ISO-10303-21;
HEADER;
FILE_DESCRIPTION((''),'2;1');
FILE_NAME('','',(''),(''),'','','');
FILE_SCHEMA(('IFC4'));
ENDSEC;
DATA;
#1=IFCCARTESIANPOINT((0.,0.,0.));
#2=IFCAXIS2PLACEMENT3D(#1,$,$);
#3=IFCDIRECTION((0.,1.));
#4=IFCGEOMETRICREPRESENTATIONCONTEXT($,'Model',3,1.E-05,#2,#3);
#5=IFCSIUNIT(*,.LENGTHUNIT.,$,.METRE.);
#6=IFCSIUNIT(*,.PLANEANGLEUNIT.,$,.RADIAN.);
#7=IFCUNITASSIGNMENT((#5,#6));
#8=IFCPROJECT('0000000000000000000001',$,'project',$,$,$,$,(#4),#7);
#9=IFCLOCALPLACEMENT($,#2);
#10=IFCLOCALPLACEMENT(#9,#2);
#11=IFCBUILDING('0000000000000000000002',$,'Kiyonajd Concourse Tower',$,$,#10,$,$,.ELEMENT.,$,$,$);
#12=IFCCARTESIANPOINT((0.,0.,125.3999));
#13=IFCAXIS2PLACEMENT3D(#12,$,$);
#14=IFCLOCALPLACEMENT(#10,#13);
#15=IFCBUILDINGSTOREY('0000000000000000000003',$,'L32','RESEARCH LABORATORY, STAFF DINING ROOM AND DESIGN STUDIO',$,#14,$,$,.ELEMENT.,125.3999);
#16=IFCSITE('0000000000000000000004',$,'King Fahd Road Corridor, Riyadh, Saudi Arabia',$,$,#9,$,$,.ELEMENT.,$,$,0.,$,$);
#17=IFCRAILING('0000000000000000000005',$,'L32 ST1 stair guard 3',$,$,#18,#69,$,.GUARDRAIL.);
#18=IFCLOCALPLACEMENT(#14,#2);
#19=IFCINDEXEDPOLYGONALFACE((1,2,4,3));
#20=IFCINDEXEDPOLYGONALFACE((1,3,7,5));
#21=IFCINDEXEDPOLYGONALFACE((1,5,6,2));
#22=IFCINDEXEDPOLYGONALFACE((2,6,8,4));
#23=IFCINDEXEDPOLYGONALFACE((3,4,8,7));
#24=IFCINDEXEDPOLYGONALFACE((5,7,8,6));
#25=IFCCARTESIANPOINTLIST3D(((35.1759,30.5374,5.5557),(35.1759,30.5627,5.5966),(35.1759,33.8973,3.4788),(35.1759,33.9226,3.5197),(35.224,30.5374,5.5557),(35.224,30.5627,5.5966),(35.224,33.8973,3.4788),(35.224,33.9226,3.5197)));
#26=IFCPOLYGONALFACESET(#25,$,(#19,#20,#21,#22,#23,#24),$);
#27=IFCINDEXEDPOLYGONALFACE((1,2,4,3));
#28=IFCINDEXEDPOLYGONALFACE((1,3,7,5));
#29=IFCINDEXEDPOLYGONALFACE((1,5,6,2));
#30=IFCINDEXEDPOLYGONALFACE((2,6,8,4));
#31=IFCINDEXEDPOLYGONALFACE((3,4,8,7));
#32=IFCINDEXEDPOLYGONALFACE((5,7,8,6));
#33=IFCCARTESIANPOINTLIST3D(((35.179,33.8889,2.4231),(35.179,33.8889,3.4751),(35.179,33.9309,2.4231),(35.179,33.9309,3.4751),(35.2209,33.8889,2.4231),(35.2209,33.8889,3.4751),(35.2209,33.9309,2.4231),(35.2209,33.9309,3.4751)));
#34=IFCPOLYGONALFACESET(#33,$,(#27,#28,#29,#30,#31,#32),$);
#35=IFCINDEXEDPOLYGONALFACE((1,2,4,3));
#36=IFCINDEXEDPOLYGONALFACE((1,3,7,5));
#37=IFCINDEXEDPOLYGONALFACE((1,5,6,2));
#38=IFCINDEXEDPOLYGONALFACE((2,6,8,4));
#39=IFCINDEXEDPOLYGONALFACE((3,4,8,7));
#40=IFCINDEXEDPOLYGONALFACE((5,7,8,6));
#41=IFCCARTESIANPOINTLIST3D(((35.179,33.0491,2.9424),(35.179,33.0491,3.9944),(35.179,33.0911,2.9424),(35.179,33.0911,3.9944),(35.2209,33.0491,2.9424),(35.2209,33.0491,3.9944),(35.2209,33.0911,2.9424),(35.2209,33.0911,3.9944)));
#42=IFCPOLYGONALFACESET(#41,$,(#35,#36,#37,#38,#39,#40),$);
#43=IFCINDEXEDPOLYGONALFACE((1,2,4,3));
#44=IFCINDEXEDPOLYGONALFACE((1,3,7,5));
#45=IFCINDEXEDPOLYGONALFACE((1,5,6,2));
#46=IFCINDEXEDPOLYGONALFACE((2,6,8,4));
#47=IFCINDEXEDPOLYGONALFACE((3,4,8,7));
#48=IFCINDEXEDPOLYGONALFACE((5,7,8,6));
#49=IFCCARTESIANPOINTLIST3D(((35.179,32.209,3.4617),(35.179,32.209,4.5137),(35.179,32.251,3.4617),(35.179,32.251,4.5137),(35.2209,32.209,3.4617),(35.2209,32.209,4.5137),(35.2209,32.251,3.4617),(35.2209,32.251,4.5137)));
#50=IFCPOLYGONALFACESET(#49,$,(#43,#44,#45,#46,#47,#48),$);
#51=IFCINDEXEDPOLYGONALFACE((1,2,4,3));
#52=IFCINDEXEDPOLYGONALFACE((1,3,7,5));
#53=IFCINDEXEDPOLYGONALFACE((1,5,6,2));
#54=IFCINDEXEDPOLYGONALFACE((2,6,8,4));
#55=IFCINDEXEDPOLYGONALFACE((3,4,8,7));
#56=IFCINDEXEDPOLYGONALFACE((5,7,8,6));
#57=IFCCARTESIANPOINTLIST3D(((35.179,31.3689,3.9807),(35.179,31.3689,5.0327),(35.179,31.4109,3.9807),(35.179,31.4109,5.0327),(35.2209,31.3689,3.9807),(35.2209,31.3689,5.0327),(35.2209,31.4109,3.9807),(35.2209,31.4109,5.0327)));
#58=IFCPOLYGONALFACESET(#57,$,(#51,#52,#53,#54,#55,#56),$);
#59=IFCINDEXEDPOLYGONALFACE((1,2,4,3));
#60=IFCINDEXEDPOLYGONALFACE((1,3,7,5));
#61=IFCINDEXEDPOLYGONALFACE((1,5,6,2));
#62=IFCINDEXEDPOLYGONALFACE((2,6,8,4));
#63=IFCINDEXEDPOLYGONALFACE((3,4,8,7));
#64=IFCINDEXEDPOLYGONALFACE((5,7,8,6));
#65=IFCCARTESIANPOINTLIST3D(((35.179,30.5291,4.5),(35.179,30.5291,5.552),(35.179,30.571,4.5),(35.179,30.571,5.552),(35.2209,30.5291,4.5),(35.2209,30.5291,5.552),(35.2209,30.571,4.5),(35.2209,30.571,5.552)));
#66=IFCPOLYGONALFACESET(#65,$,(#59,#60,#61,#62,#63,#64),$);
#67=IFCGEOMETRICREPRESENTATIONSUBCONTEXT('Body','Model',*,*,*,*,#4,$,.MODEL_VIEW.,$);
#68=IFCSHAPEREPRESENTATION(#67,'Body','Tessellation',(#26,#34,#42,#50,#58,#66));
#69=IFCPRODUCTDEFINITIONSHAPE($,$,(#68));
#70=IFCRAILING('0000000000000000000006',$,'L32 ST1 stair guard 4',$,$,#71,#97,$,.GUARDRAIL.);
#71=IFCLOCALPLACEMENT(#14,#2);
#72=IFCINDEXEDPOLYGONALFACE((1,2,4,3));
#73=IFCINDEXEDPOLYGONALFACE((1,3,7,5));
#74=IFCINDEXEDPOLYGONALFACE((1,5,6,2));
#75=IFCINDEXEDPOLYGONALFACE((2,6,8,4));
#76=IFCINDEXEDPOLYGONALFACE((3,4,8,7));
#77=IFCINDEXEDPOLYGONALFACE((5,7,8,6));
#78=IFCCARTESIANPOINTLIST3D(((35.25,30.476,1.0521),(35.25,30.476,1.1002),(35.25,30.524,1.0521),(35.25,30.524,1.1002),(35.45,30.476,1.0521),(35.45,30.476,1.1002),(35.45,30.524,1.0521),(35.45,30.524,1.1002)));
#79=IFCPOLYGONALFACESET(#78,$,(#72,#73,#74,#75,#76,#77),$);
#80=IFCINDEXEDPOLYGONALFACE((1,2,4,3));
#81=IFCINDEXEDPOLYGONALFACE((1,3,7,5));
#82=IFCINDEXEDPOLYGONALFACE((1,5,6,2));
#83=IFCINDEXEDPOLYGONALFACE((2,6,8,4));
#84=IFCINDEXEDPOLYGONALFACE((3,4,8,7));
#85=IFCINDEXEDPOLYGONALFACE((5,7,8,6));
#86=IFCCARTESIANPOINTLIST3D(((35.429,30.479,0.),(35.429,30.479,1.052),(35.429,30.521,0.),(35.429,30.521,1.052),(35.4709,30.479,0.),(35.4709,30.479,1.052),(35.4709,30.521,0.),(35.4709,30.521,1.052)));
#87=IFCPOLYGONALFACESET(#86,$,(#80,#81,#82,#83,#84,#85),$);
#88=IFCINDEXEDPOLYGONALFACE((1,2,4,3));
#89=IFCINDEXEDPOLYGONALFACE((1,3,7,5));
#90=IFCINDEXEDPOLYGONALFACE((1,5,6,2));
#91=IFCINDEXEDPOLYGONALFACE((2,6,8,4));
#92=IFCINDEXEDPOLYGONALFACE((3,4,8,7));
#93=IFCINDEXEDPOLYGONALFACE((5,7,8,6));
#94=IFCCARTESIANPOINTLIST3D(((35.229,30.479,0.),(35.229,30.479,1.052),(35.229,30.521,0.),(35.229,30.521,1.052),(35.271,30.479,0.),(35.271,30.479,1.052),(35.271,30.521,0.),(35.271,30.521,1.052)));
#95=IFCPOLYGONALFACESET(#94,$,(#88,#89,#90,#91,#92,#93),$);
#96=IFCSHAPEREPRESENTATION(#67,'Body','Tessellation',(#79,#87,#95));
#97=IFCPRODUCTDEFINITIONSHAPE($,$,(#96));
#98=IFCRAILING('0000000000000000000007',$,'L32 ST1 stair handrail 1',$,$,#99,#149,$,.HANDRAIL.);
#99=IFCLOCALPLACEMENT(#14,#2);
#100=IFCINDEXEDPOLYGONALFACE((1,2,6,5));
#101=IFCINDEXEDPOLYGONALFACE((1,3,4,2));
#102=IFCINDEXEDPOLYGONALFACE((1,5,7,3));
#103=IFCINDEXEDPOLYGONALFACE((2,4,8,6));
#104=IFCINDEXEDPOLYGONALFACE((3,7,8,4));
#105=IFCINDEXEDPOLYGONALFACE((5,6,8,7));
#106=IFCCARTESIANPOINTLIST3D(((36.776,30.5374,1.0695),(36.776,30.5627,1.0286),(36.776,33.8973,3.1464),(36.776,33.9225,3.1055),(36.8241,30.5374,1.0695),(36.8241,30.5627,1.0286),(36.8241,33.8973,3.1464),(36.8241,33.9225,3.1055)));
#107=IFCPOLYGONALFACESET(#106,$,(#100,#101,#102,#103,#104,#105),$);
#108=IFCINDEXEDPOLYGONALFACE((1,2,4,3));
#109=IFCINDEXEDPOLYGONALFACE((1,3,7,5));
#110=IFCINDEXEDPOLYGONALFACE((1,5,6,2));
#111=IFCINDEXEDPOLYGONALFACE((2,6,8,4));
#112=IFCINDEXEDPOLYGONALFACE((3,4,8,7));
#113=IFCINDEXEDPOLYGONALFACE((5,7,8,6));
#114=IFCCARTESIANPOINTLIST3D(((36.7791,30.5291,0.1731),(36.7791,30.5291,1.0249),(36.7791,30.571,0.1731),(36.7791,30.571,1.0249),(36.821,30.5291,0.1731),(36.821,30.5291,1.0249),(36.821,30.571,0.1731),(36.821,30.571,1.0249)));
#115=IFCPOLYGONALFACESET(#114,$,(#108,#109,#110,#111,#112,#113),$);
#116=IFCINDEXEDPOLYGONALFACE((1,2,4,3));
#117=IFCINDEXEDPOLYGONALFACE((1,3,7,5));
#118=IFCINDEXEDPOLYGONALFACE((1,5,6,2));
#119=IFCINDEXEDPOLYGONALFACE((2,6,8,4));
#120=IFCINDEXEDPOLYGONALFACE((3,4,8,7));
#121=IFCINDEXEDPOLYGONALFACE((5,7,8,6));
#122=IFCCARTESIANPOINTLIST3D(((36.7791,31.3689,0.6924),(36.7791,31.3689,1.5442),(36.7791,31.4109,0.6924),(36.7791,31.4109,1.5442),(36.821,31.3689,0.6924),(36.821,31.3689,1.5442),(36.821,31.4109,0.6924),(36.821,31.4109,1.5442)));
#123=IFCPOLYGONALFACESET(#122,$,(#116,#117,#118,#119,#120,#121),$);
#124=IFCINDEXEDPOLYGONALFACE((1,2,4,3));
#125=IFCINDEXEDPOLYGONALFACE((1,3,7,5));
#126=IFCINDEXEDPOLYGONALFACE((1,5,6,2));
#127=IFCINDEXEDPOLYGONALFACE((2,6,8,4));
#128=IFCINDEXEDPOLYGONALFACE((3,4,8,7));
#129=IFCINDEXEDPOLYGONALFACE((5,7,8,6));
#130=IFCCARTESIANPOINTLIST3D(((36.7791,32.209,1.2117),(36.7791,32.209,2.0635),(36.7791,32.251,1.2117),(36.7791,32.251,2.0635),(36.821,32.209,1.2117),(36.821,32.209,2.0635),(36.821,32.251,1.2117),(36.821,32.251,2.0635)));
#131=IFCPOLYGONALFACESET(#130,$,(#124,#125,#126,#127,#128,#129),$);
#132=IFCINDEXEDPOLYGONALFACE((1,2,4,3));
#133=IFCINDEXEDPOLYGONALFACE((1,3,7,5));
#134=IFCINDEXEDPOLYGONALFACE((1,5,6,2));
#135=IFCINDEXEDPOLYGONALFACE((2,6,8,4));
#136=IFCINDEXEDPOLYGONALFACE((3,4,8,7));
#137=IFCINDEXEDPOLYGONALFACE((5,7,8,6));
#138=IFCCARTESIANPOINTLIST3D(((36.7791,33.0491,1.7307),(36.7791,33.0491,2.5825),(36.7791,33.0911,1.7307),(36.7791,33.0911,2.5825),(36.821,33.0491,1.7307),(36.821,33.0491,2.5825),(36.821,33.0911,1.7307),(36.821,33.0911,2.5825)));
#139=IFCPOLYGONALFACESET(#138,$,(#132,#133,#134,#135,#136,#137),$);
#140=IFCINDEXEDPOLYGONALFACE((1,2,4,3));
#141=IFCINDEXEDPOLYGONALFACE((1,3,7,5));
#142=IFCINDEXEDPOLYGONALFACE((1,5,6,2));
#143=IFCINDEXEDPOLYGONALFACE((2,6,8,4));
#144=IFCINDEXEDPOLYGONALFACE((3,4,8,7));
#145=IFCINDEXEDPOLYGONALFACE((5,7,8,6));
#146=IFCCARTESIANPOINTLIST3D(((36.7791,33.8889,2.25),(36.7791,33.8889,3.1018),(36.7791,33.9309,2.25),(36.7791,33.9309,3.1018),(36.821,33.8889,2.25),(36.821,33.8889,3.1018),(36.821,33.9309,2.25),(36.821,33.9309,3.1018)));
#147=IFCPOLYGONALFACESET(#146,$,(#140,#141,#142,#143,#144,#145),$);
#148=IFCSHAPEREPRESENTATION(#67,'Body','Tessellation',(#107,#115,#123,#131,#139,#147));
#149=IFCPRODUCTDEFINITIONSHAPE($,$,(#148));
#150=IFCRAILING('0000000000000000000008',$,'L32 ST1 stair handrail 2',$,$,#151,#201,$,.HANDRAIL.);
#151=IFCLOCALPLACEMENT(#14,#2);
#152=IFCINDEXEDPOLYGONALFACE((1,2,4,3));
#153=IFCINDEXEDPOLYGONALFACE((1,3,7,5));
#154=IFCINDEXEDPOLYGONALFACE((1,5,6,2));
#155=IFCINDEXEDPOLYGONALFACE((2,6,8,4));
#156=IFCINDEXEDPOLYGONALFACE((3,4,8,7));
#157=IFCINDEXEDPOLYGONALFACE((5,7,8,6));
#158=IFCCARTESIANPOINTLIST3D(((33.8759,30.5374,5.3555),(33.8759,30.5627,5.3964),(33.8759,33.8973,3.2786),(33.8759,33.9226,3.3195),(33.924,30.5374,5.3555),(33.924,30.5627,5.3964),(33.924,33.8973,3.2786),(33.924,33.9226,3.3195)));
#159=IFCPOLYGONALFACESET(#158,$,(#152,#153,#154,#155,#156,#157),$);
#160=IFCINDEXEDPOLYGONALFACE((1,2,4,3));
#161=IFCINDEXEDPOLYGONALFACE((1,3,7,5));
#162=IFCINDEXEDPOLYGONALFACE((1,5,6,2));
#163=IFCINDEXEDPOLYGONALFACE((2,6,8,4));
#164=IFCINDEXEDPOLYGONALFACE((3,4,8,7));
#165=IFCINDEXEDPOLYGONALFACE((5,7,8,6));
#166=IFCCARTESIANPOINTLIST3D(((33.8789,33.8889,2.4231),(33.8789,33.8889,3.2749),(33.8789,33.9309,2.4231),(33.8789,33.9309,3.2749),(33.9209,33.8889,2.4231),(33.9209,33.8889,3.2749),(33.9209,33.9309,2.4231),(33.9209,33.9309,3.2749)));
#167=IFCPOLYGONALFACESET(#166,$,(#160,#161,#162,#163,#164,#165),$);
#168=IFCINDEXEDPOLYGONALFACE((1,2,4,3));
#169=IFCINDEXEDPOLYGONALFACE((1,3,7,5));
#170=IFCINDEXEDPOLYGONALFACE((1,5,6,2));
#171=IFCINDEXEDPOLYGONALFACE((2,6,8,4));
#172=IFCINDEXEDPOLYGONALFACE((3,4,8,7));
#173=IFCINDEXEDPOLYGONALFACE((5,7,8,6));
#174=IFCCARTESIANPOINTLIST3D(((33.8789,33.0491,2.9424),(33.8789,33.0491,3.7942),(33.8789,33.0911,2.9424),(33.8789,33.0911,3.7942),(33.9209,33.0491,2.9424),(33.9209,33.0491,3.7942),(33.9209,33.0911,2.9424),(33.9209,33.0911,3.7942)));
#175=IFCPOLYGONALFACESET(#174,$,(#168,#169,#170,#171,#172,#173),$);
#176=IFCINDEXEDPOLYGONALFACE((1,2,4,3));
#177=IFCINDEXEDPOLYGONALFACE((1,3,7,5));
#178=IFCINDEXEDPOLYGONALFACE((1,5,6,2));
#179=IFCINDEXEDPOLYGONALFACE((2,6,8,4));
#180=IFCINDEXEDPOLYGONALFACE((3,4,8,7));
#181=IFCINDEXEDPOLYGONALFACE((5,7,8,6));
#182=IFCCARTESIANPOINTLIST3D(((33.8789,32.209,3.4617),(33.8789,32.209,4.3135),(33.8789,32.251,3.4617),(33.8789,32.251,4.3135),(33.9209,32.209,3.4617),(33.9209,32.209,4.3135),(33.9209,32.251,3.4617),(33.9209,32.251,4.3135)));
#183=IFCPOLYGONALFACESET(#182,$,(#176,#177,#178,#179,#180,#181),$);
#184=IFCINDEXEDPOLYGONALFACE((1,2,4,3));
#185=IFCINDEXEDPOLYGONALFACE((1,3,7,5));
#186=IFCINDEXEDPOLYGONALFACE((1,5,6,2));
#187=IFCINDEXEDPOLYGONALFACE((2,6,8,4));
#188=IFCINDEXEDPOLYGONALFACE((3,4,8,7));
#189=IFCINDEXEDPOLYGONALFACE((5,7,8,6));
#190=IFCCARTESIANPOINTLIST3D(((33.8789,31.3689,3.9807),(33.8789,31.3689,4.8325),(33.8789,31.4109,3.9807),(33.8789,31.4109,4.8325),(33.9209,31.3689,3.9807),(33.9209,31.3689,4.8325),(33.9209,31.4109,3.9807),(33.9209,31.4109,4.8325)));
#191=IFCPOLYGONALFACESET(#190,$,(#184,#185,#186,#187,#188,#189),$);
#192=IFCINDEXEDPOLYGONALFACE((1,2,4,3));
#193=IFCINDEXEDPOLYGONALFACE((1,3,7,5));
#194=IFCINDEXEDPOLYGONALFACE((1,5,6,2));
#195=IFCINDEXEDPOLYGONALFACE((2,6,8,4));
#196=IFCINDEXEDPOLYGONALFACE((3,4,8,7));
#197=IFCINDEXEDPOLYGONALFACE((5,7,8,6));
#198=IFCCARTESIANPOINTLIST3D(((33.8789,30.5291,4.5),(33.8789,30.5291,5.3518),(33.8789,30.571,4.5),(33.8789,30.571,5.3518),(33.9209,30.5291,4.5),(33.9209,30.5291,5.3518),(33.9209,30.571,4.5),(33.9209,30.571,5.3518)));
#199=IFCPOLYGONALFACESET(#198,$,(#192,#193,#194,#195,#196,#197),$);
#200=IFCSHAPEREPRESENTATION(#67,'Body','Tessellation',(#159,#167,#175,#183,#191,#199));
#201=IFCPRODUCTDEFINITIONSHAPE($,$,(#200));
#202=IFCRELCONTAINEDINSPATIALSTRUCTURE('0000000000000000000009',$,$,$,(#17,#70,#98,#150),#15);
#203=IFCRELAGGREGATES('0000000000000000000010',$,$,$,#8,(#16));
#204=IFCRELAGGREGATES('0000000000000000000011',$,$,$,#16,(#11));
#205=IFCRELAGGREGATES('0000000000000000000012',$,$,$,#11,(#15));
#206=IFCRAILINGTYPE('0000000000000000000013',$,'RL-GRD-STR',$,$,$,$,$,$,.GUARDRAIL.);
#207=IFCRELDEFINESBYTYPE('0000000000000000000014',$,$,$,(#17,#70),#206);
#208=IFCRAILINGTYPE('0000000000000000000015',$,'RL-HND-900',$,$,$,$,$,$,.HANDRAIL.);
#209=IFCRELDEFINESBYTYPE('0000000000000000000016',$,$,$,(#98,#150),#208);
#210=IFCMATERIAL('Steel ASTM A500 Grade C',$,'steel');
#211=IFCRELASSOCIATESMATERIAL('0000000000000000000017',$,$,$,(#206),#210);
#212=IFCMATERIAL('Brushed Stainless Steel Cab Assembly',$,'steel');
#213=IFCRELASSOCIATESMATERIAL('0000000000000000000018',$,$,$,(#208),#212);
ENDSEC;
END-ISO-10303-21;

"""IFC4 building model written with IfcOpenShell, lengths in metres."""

from ifc_helpers import new_model, si_unit, direction, frame, origin, origin_2d, place, context, subcontext, project, spatial, rectangle, extrude, material, type_object, element, save


model = new_model("IFC4")

# Units and contexts
model_context = context("Model", 3, precision=1e-05, world=origin(), true_north=direction((0.0, 1.0)))
body_context = subcontext(model_context, "Body", "Model", "MODEL_VIEW")
ifc_project = project(units=[si_unit("LENGTHUNIT", "METRE"), si_unit("PLANEANGLEUNIT", "RADIAN")], contexts=[model_context])

# Site, building, storey
site_placement = place(None, origin())
site = spatial("IfcSite", under=ifc_project, at=site_placement, Name="King Fahd Road Corridor, Riyadh, Saudi Arabia", CompositionType="ELEMENT", RefElevation=0.0)
building_placement = place(site_placement, origin())
building = spatial("IfcBuilding", under=site, at=building_placement, Name="Kiyonajd Concourse Tower", CompositionType="ELEMENT")
storey_placement = place(building_placement, frame((0.0, 0.0, 125.3999)))
storey = spatial("IfcBuildingStorey", under=building, at=storey_placement, Name="L32", Description="RESEARCH LABORATORY, STAFF DINING ROOM AND DESIGN STUDIO", CompositionType="ELEMENT", Elevation=125.3999)

# Shared definitions
ifc_material_1 = material(Name="Brushed Stainless Steel Cab Assembly", Category="steel")

# Railings
ifc_material_2 = material(Name="Steel ASTM A500 Grade C", Category="steel")
railing_type_1 = type_object("IfcRailingType", Name="RL-GRD-STR", PredefinedType="GUARDRAIL", material=ifc_material_2)
railing_1_placement = place(storey_placement, frame((35.2, 33.9099, 2.4231)))
element("IfcRailing", 1, at=railing_1_placement, inside=storey, type_object=railing_type_1, Name="L32 ST1 stair guard 3", PredefinedType="GUARDRAIL", context=body_context, shape_type="SweptSolid", body=[
    extrude(rectangle(XDim=0.0481, YDim=0.0481, at=origin_2d()), frame((0.0, 0.0, 1.0762), z_axis=(0.0, -0.850606, 0.525803), x_axis=(1.0, 0.0, 0.0)), (0.0, 0.0, 1.0), 3.95),
    extrude(rectangle(XDim=0.042, YDim=0.042, at=origin_2d()), origin(), (0.0, 0.0, 1.0), 1.052),
    extrude(rectangle(XDim=0.042, YDim=0.042, at=origin_2d()), frame((0.0, -0.8398, 0.5193)), (0.0, 0.0, 1.0), 1.052),
    extrude(rectangle(XDim=0.042, YDim=0.042, at=origin_2d()), frame((0.0, -1.6799, 1.0386)), (0.0, 0.0, 1.0), 1.052),
    extrude(rectangle(XDim=0.042, YDim=0.042, at=origin_2d()), frame((0.0, -2.52, 1.5576)), (0.0, 0.0, 1.0), 1.052),
    extrude(rectangle(XDim=0.042, YDim=0.042, at=origin_2d()), frame((0.0, -3.3599, 2.0769)), (0.0, 0.0, 1.0), 1.052),
])
railing_2_placement = place(storey_placement, frame((35.45, 30.5, 0.0)))
element("IfcRailing", 2, at=railing_2_placement, inside=storey, type_object=railing_type_1, Name="L32 ST1 stair guard 4", PredefinedType="GUARDRAIL", context=body_context, shape_type="SweptSolid", body=[
    extrude(rectangle(XDim=0.0481, YDim=0.0481, at=origin_2d()), frame((0.0, 0.0, 1.0762), z_axis=(-1.0, 0.0, 0.0), x_axis=(0.0, -1.0, 0.0)), (0.0, 0.0, 1.0), 0.2),
    extrude(rectangle(XDim=0.042, YDim=0.042, at=origin_2d()), origin(), (0.0, 0.0, 1.0), 1.052),
    extrude(rectangle(XDim=0.042, YDim=0.042, at=origin_2d()), frame((-0.2, 0.0, 0.0)), (0.0, 0.0, 1.0), 1.052),
])
railing_type_2 = type_object("IfcRailingType", Name="RL-HND-900", PredefinedType="HANDRAIL", material=ifc_material_1)
railing_3_placement = place(storey_placement, frame((36.8, 30.55, 0.1731)))
element("IfcRailing", 3, at=railing_3_placement, inside=storey, type_object=railing_type_2, Name="L32 ST1 stair handrail 1", PredefinedType="HANDRAIL", context=body_context, shape_type="SweptSolid", body=[
    extrude(rectangle(XDim=0.0481, YDim=0.0481, at=origin_2d()), frame((0.0, 0.0, 0.876), z_axis=(0.0, 0.850606, 0.525803), x_axis=(-1.0, 0.0, 0.0)), (0.0, 0.0, 1.0), 3.95),
    extrude(rectangle(XDim=0.042, YDim=0.042, at=origin_2d()), origin(), (0.0, 0.0, 1.0), 0.8518),
    extrude(rectangle(XDim=0.042, YDim=0.042, at=origin_2d()), frame((0.0, 0.8398, 0.5193)), (0.0, 0.0, 1.0), 0.8518),
    extrude(rectangle(XDim=0.042, YDim=0.042, at=origin_2d()), frame((0.0, 1.6799, 1.0386)), (0.0, 0.0, 1.0), 0.8518),
    extrude(rectangle(XDim=0.042, YDim=0.042, at=origin_2d()), frame((0.0, 2.52, 1.5576)), (0.0, 0.0, 1.0), 0.8518),
    extrude(rectangle(XDim=0.042, YDim=0.042, at=origin_2d()), frame((0.0, 3.3599, 2.0769)), (0.0, 0.0, 1.0), 0.8518),
])
railing_4_placement = place(storey_placement, frame((33.8999, 33.9099, 2.4231)))
element("IfcRailing", 4, at=railing_4_placement, inside=storey, type_object=railing_type_2, Name="L32 ST1 stair handrail 2", PredefinedType="HANDRAIL", context=body_context, shape_type="SweptSolid", body=[
    extrude(rectangle(XDim=0.0481, YDim=0.0481, at=origin_2d()), frame((0.0, 0.0, 0.876), z_axis=(0.0, -0.850606, 0.525803), x_axis=(1.0, 0.0, 0.0)), (0.0, 0.0, 1.0), 3.95),
    extrude(rectangle(XDim=0.042, YDim=0.042, at=origin_2d()), origin(), (0.0, 0.0, 1.0), 0.8518),
    extrude(rectangle(XDim=0.042, YDim=0.042, at=origin_2d()), frame((0.0, -0.8398, 0.5193)), (0.0, 0.0, 1.0), 0.8518),
    extrude(rectangle(XDim=0.042, YDim=0.042, at=origin_2d()), frame((0.0, -1.6799, 1.0386)), (0.0, 0.0, 1.0), 0.8518),
    extrude(rectangle(XDim=0.042, YDim=0.042, at=origin_2d()), frame((0.0, -2.52, 1.5576)), (0.0, 0.0, 1.0), 0.8518),
    extrude(rectangle(XDim=0.042, YDim=0.042, at=origin_2d()), frame((0.0, -3.3599, 2.0769)), (0.0, 0.0, 1.0), 0.8518),
])

save(model, "model.ifc")
